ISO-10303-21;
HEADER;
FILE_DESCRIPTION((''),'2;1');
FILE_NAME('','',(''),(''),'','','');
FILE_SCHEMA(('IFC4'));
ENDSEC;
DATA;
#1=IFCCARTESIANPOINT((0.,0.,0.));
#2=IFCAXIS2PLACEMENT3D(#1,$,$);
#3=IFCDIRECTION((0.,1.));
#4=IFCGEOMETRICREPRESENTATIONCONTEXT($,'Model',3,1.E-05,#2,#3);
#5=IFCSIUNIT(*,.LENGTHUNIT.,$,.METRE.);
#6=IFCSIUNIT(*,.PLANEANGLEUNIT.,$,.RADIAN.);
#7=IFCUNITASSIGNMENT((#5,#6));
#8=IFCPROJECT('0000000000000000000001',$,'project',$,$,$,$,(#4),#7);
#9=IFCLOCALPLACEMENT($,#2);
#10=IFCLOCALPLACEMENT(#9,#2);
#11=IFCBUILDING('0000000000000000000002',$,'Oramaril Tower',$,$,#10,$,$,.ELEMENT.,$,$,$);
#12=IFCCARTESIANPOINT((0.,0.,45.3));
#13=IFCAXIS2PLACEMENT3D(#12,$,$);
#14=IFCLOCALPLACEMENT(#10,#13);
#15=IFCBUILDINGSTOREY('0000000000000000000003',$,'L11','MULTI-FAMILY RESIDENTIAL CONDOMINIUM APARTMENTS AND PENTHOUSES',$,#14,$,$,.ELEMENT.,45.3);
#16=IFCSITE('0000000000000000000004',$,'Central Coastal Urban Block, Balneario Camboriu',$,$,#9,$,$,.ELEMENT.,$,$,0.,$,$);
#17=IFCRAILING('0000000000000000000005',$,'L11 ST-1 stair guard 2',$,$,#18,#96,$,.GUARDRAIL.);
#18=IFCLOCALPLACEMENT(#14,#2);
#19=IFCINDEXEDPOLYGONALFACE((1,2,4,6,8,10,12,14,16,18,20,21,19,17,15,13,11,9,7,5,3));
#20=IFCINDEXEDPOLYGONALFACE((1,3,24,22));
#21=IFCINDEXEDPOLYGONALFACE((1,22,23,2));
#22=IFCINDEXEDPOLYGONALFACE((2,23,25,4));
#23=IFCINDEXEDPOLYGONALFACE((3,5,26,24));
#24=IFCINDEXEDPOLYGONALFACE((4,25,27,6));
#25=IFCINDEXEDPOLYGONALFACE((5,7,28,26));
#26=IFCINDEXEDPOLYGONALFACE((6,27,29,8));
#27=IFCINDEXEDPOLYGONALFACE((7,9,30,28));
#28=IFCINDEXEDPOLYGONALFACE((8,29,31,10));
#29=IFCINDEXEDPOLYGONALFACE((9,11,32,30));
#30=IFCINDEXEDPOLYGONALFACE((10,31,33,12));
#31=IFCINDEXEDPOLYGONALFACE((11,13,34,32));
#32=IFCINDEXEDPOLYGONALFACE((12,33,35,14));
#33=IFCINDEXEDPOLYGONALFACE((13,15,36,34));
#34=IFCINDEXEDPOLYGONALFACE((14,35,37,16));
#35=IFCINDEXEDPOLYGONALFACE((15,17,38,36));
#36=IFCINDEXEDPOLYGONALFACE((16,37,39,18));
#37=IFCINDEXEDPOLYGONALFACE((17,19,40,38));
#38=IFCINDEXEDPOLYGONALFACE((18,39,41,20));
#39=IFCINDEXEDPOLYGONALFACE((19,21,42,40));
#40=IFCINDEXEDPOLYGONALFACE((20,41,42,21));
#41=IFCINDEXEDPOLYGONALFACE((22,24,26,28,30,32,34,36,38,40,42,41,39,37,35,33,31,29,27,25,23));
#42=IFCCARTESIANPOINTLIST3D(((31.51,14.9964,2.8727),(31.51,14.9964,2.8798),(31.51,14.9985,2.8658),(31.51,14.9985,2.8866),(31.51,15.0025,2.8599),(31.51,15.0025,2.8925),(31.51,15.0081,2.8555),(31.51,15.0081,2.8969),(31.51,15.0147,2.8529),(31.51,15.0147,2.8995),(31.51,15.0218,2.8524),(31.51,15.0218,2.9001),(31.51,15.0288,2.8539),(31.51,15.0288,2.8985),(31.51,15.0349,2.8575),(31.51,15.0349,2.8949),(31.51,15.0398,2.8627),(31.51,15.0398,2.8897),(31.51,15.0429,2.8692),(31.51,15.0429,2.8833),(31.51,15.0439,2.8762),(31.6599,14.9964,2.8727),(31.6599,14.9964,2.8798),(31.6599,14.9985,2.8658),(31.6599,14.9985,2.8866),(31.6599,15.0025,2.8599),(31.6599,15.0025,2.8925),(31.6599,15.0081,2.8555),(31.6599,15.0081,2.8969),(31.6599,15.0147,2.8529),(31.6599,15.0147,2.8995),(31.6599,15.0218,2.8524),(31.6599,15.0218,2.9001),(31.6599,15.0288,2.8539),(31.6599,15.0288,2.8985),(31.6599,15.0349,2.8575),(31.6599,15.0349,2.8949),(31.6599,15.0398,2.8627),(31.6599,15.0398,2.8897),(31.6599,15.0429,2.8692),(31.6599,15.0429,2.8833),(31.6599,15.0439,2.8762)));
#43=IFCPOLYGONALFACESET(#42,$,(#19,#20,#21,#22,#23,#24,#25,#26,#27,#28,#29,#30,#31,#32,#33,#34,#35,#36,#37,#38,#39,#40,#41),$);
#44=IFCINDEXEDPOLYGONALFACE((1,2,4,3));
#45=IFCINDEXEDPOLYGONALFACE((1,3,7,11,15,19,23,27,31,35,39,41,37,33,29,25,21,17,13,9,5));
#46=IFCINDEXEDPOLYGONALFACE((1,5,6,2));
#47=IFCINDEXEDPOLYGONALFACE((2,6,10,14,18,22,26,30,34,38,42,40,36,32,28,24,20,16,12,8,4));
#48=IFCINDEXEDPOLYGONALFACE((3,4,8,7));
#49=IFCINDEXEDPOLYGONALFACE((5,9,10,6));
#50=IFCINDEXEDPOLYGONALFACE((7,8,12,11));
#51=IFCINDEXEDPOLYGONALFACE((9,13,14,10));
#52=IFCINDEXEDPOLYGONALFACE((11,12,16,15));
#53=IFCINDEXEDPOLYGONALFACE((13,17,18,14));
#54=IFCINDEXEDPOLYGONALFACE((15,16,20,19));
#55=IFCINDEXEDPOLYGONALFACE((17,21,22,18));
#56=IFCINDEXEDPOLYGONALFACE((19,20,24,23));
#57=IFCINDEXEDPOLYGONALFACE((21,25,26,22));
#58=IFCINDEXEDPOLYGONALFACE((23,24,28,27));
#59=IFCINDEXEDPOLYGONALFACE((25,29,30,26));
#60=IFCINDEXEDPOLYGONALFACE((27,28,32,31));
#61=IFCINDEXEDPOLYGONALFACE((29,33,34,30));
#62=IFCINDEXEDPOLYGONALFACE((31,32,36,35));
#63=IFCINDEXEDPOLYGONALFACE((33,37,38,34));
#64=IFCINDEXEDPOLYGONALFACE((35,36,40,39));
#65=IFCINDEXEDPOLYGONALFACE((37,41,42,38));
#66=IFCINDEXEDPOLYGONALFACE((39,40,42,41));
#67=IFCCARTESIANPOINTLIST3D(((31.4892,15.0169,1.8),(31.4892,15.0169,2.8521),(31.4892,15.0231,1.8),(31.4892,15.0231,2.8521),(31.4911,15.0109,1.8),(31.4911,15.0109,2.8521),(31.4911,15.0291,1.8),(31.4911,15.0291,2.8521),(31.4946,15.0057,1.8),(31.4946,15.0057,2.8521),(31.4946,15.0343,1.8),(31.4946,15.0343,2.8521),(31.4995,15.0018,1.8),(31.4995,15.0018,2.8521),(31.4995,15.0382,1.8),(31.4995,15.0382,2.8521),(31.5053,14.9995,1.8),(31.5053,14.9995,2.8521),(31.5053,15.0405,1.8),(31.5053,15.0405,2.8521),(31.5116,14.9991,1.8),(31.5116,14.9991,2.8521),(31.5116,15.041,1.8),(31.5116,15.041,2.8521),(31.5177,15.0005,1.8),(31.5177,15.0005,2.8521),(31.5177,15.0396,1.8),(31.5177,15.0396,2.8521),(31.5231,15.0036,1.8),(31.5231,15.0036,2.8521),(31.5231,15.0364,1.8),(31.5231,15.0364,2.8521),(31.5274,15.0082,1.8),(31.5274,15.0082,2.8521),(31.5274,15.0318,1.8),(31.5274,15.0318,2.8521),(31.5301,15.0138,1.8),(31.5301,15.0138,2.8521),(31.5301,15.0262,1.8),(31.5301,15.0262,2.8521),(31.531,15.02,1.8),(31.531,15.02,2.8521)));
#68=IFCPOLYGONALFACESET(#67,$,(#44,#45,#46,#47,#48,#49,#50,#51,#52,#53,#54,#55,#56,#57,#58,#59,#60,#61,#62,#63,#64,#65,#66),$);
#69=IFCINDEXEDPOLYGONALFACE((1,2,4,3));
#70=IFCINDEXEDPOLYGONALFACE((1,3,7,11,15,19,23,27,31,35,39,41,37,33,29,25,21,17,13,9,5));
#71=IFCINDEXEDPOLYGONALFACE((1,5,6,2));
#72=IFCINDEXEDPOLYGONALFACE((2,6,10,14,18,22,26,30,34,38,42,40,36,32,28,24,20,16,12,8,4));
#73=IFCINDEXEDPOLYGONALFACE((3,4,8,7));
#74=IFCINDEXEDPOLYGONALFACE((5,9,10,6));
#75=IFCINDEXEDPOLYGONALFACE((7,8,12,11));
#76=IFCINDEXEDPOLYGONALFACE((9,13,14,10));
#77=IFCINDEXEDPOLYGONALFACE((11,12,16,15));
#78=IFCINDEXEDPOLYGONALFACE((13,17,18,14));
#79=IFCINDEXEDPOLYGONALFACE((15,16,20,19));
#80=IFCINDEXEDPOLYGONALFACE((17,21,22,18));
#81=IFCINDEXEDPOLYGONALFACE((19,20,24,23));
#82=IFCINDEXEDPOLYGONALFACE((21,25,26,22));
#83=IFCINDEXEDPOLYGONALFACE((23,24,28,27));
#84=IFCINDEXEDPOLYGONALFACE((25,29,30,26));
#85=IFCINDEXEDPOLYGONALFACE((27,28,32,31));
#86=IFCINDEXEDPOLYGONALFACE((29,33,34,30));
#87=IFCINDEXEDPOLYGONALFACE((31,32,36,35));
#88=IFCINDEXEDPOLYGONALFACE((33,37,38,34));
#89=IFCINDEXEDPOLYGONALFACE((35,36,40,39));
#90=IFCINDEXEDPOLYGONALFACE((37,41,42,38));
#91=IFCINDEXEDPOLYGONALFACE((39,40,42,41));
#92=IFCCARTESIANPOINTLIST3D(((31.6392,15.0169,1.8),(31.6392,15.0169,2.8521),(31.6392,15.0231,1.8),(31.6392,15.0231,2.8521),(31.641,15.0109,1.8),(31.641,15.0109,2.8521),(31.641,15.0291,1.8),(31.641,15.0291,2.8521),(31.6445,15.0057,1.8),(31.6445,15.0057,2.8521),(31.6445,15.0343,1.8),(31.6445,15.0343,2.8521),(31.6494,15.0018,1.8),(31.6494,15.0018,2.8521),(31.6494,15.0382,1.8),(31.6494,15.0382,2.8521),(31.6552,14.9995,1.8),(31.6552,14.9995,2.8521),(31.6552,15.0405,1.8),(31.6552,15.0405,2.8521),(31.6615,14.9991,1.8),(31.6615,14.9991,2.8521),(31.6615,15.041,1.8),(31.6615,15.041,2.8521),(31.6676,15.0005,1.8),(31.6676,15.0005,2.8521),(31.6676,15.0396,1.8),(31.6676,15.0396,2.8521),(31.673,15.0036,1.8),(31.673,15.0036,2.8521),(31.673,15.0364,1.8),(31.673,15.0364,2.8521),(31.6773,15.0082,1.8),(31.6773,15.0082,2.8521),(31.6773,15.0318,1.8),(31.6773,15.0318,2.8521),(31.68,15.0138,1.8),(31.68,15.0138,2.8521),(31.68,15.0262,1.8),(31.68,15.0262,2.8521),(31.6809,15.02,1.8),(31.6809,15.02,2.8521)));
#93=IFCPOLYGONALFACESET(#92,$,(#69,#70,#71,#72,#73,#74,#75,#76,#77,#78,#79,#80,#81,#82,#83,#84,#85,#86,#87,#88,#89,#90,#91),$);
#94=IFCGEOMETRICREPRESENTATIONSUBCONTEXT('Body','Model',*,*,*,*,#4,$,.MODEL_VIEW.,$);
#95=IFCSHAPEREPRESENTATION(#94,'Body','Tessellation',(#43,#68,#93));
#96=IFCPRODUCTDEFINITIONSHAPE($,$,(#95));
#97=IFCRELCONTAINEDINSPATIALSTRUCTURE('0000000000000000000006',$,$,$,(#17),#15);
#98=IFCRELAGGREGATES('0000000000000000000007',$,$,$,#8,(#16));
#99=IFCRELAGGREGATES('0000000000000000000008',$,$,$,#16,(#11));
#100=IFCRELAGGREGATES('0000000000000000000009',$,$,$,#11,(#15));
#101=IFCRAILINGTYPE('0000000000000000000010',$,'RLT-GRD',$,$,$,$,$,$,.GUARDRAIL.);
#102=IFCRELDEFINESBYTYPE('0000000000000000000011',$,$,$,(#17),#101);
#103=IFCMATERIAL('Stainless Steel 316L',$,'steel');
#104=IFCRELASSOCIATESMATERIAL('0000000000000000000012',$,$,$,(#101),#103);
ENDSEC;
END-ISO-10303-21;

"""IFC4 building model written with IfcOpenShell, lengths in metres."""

from ifc_helpers import new_model, si_unit, direction, frame, origin, origin_2d, place, context, subcontext, project, spatial, circle, extrude, material, type_object, element, save


model = new_model("IFC4")

# Units and contexts
model_context = context("Model", 3, precision=1e-05, world=origin(), true_north=direction((0.0, 1.0)))
body_context = subcontext(model_context, "Body", "Model", "MODEL_VIEW")
ifc_project = project(units=[si_unit("LENGTHUNIT", "METRE"), si_unit("PLANEANGLEUNIT", "RADIAN")], contexts=[model_context])

# Site, building, storey
site_placement = place(None, origin())
site = spatial("IfcSite", under=ifc_project, at=site_placement, Name="Central Coastal Urban Block, Balneario Camboriu", CompositionType="ELEMENT", RefElevation=0.0)
building_placement = place(site_placement, origin())
building = spatial("IfcBuilding", under=site, at=building_placement, Name="Oramaril Tower", CompositionType="ELEMENT")
storey_placement = place(building_placement, frame((0.0, 0.0, 45.3)))
storey = spatial("IfcBuildingStorey", under=building, at=storey_placement, Name="L11", Description="MULTI-FAMILY RESIDENTIAL CONDOMINIUM APARTMENTS AND PENTHOUSES", CompositionType="ELEMENT", Elevation=45.3)

# Railing
ifc_material_1 = material(Name="Stainless Steel 316L", Category="steel")
railing_type_1 = type_object("IfcRailingType", Name="RLT-GRD", PredefinedType="GUARDRAIL", material=ifc_material_1)
railing_1_placement = place(storey_placement, frame((31.51, 15.02, 1.8)))
element("IfcRailing", 1, at=railing_1_placement, inside=storey, type_object=railing_type_1, Name="L11 ST-1 stair guard 2", PredefinedType="GUARDRAIL", context=body_context, shape_type="SweptSolid", body=[
    extrude(circle(Radius=0.0239, at=origin_2d()), frame((0.0, 0.0, 1.0762), z_axis=(1.0, 0.0, 0.0), x_axis=(0.0, 1.0, 0.0)), (0.0, 0.0, 1.0), 0.1499),
    extrude(circle(Radius=0.021, at=origin_2d()), origin(), (0.0, 0.0, 1.0), 1.052),
    extrude(circle(Radius=0.021, at=origin_2d()), frame((0.1499, 0.0, 0.0)), (0.0, 0.0, 1.0), 1.052),
])

save(model, "model.ifc")
